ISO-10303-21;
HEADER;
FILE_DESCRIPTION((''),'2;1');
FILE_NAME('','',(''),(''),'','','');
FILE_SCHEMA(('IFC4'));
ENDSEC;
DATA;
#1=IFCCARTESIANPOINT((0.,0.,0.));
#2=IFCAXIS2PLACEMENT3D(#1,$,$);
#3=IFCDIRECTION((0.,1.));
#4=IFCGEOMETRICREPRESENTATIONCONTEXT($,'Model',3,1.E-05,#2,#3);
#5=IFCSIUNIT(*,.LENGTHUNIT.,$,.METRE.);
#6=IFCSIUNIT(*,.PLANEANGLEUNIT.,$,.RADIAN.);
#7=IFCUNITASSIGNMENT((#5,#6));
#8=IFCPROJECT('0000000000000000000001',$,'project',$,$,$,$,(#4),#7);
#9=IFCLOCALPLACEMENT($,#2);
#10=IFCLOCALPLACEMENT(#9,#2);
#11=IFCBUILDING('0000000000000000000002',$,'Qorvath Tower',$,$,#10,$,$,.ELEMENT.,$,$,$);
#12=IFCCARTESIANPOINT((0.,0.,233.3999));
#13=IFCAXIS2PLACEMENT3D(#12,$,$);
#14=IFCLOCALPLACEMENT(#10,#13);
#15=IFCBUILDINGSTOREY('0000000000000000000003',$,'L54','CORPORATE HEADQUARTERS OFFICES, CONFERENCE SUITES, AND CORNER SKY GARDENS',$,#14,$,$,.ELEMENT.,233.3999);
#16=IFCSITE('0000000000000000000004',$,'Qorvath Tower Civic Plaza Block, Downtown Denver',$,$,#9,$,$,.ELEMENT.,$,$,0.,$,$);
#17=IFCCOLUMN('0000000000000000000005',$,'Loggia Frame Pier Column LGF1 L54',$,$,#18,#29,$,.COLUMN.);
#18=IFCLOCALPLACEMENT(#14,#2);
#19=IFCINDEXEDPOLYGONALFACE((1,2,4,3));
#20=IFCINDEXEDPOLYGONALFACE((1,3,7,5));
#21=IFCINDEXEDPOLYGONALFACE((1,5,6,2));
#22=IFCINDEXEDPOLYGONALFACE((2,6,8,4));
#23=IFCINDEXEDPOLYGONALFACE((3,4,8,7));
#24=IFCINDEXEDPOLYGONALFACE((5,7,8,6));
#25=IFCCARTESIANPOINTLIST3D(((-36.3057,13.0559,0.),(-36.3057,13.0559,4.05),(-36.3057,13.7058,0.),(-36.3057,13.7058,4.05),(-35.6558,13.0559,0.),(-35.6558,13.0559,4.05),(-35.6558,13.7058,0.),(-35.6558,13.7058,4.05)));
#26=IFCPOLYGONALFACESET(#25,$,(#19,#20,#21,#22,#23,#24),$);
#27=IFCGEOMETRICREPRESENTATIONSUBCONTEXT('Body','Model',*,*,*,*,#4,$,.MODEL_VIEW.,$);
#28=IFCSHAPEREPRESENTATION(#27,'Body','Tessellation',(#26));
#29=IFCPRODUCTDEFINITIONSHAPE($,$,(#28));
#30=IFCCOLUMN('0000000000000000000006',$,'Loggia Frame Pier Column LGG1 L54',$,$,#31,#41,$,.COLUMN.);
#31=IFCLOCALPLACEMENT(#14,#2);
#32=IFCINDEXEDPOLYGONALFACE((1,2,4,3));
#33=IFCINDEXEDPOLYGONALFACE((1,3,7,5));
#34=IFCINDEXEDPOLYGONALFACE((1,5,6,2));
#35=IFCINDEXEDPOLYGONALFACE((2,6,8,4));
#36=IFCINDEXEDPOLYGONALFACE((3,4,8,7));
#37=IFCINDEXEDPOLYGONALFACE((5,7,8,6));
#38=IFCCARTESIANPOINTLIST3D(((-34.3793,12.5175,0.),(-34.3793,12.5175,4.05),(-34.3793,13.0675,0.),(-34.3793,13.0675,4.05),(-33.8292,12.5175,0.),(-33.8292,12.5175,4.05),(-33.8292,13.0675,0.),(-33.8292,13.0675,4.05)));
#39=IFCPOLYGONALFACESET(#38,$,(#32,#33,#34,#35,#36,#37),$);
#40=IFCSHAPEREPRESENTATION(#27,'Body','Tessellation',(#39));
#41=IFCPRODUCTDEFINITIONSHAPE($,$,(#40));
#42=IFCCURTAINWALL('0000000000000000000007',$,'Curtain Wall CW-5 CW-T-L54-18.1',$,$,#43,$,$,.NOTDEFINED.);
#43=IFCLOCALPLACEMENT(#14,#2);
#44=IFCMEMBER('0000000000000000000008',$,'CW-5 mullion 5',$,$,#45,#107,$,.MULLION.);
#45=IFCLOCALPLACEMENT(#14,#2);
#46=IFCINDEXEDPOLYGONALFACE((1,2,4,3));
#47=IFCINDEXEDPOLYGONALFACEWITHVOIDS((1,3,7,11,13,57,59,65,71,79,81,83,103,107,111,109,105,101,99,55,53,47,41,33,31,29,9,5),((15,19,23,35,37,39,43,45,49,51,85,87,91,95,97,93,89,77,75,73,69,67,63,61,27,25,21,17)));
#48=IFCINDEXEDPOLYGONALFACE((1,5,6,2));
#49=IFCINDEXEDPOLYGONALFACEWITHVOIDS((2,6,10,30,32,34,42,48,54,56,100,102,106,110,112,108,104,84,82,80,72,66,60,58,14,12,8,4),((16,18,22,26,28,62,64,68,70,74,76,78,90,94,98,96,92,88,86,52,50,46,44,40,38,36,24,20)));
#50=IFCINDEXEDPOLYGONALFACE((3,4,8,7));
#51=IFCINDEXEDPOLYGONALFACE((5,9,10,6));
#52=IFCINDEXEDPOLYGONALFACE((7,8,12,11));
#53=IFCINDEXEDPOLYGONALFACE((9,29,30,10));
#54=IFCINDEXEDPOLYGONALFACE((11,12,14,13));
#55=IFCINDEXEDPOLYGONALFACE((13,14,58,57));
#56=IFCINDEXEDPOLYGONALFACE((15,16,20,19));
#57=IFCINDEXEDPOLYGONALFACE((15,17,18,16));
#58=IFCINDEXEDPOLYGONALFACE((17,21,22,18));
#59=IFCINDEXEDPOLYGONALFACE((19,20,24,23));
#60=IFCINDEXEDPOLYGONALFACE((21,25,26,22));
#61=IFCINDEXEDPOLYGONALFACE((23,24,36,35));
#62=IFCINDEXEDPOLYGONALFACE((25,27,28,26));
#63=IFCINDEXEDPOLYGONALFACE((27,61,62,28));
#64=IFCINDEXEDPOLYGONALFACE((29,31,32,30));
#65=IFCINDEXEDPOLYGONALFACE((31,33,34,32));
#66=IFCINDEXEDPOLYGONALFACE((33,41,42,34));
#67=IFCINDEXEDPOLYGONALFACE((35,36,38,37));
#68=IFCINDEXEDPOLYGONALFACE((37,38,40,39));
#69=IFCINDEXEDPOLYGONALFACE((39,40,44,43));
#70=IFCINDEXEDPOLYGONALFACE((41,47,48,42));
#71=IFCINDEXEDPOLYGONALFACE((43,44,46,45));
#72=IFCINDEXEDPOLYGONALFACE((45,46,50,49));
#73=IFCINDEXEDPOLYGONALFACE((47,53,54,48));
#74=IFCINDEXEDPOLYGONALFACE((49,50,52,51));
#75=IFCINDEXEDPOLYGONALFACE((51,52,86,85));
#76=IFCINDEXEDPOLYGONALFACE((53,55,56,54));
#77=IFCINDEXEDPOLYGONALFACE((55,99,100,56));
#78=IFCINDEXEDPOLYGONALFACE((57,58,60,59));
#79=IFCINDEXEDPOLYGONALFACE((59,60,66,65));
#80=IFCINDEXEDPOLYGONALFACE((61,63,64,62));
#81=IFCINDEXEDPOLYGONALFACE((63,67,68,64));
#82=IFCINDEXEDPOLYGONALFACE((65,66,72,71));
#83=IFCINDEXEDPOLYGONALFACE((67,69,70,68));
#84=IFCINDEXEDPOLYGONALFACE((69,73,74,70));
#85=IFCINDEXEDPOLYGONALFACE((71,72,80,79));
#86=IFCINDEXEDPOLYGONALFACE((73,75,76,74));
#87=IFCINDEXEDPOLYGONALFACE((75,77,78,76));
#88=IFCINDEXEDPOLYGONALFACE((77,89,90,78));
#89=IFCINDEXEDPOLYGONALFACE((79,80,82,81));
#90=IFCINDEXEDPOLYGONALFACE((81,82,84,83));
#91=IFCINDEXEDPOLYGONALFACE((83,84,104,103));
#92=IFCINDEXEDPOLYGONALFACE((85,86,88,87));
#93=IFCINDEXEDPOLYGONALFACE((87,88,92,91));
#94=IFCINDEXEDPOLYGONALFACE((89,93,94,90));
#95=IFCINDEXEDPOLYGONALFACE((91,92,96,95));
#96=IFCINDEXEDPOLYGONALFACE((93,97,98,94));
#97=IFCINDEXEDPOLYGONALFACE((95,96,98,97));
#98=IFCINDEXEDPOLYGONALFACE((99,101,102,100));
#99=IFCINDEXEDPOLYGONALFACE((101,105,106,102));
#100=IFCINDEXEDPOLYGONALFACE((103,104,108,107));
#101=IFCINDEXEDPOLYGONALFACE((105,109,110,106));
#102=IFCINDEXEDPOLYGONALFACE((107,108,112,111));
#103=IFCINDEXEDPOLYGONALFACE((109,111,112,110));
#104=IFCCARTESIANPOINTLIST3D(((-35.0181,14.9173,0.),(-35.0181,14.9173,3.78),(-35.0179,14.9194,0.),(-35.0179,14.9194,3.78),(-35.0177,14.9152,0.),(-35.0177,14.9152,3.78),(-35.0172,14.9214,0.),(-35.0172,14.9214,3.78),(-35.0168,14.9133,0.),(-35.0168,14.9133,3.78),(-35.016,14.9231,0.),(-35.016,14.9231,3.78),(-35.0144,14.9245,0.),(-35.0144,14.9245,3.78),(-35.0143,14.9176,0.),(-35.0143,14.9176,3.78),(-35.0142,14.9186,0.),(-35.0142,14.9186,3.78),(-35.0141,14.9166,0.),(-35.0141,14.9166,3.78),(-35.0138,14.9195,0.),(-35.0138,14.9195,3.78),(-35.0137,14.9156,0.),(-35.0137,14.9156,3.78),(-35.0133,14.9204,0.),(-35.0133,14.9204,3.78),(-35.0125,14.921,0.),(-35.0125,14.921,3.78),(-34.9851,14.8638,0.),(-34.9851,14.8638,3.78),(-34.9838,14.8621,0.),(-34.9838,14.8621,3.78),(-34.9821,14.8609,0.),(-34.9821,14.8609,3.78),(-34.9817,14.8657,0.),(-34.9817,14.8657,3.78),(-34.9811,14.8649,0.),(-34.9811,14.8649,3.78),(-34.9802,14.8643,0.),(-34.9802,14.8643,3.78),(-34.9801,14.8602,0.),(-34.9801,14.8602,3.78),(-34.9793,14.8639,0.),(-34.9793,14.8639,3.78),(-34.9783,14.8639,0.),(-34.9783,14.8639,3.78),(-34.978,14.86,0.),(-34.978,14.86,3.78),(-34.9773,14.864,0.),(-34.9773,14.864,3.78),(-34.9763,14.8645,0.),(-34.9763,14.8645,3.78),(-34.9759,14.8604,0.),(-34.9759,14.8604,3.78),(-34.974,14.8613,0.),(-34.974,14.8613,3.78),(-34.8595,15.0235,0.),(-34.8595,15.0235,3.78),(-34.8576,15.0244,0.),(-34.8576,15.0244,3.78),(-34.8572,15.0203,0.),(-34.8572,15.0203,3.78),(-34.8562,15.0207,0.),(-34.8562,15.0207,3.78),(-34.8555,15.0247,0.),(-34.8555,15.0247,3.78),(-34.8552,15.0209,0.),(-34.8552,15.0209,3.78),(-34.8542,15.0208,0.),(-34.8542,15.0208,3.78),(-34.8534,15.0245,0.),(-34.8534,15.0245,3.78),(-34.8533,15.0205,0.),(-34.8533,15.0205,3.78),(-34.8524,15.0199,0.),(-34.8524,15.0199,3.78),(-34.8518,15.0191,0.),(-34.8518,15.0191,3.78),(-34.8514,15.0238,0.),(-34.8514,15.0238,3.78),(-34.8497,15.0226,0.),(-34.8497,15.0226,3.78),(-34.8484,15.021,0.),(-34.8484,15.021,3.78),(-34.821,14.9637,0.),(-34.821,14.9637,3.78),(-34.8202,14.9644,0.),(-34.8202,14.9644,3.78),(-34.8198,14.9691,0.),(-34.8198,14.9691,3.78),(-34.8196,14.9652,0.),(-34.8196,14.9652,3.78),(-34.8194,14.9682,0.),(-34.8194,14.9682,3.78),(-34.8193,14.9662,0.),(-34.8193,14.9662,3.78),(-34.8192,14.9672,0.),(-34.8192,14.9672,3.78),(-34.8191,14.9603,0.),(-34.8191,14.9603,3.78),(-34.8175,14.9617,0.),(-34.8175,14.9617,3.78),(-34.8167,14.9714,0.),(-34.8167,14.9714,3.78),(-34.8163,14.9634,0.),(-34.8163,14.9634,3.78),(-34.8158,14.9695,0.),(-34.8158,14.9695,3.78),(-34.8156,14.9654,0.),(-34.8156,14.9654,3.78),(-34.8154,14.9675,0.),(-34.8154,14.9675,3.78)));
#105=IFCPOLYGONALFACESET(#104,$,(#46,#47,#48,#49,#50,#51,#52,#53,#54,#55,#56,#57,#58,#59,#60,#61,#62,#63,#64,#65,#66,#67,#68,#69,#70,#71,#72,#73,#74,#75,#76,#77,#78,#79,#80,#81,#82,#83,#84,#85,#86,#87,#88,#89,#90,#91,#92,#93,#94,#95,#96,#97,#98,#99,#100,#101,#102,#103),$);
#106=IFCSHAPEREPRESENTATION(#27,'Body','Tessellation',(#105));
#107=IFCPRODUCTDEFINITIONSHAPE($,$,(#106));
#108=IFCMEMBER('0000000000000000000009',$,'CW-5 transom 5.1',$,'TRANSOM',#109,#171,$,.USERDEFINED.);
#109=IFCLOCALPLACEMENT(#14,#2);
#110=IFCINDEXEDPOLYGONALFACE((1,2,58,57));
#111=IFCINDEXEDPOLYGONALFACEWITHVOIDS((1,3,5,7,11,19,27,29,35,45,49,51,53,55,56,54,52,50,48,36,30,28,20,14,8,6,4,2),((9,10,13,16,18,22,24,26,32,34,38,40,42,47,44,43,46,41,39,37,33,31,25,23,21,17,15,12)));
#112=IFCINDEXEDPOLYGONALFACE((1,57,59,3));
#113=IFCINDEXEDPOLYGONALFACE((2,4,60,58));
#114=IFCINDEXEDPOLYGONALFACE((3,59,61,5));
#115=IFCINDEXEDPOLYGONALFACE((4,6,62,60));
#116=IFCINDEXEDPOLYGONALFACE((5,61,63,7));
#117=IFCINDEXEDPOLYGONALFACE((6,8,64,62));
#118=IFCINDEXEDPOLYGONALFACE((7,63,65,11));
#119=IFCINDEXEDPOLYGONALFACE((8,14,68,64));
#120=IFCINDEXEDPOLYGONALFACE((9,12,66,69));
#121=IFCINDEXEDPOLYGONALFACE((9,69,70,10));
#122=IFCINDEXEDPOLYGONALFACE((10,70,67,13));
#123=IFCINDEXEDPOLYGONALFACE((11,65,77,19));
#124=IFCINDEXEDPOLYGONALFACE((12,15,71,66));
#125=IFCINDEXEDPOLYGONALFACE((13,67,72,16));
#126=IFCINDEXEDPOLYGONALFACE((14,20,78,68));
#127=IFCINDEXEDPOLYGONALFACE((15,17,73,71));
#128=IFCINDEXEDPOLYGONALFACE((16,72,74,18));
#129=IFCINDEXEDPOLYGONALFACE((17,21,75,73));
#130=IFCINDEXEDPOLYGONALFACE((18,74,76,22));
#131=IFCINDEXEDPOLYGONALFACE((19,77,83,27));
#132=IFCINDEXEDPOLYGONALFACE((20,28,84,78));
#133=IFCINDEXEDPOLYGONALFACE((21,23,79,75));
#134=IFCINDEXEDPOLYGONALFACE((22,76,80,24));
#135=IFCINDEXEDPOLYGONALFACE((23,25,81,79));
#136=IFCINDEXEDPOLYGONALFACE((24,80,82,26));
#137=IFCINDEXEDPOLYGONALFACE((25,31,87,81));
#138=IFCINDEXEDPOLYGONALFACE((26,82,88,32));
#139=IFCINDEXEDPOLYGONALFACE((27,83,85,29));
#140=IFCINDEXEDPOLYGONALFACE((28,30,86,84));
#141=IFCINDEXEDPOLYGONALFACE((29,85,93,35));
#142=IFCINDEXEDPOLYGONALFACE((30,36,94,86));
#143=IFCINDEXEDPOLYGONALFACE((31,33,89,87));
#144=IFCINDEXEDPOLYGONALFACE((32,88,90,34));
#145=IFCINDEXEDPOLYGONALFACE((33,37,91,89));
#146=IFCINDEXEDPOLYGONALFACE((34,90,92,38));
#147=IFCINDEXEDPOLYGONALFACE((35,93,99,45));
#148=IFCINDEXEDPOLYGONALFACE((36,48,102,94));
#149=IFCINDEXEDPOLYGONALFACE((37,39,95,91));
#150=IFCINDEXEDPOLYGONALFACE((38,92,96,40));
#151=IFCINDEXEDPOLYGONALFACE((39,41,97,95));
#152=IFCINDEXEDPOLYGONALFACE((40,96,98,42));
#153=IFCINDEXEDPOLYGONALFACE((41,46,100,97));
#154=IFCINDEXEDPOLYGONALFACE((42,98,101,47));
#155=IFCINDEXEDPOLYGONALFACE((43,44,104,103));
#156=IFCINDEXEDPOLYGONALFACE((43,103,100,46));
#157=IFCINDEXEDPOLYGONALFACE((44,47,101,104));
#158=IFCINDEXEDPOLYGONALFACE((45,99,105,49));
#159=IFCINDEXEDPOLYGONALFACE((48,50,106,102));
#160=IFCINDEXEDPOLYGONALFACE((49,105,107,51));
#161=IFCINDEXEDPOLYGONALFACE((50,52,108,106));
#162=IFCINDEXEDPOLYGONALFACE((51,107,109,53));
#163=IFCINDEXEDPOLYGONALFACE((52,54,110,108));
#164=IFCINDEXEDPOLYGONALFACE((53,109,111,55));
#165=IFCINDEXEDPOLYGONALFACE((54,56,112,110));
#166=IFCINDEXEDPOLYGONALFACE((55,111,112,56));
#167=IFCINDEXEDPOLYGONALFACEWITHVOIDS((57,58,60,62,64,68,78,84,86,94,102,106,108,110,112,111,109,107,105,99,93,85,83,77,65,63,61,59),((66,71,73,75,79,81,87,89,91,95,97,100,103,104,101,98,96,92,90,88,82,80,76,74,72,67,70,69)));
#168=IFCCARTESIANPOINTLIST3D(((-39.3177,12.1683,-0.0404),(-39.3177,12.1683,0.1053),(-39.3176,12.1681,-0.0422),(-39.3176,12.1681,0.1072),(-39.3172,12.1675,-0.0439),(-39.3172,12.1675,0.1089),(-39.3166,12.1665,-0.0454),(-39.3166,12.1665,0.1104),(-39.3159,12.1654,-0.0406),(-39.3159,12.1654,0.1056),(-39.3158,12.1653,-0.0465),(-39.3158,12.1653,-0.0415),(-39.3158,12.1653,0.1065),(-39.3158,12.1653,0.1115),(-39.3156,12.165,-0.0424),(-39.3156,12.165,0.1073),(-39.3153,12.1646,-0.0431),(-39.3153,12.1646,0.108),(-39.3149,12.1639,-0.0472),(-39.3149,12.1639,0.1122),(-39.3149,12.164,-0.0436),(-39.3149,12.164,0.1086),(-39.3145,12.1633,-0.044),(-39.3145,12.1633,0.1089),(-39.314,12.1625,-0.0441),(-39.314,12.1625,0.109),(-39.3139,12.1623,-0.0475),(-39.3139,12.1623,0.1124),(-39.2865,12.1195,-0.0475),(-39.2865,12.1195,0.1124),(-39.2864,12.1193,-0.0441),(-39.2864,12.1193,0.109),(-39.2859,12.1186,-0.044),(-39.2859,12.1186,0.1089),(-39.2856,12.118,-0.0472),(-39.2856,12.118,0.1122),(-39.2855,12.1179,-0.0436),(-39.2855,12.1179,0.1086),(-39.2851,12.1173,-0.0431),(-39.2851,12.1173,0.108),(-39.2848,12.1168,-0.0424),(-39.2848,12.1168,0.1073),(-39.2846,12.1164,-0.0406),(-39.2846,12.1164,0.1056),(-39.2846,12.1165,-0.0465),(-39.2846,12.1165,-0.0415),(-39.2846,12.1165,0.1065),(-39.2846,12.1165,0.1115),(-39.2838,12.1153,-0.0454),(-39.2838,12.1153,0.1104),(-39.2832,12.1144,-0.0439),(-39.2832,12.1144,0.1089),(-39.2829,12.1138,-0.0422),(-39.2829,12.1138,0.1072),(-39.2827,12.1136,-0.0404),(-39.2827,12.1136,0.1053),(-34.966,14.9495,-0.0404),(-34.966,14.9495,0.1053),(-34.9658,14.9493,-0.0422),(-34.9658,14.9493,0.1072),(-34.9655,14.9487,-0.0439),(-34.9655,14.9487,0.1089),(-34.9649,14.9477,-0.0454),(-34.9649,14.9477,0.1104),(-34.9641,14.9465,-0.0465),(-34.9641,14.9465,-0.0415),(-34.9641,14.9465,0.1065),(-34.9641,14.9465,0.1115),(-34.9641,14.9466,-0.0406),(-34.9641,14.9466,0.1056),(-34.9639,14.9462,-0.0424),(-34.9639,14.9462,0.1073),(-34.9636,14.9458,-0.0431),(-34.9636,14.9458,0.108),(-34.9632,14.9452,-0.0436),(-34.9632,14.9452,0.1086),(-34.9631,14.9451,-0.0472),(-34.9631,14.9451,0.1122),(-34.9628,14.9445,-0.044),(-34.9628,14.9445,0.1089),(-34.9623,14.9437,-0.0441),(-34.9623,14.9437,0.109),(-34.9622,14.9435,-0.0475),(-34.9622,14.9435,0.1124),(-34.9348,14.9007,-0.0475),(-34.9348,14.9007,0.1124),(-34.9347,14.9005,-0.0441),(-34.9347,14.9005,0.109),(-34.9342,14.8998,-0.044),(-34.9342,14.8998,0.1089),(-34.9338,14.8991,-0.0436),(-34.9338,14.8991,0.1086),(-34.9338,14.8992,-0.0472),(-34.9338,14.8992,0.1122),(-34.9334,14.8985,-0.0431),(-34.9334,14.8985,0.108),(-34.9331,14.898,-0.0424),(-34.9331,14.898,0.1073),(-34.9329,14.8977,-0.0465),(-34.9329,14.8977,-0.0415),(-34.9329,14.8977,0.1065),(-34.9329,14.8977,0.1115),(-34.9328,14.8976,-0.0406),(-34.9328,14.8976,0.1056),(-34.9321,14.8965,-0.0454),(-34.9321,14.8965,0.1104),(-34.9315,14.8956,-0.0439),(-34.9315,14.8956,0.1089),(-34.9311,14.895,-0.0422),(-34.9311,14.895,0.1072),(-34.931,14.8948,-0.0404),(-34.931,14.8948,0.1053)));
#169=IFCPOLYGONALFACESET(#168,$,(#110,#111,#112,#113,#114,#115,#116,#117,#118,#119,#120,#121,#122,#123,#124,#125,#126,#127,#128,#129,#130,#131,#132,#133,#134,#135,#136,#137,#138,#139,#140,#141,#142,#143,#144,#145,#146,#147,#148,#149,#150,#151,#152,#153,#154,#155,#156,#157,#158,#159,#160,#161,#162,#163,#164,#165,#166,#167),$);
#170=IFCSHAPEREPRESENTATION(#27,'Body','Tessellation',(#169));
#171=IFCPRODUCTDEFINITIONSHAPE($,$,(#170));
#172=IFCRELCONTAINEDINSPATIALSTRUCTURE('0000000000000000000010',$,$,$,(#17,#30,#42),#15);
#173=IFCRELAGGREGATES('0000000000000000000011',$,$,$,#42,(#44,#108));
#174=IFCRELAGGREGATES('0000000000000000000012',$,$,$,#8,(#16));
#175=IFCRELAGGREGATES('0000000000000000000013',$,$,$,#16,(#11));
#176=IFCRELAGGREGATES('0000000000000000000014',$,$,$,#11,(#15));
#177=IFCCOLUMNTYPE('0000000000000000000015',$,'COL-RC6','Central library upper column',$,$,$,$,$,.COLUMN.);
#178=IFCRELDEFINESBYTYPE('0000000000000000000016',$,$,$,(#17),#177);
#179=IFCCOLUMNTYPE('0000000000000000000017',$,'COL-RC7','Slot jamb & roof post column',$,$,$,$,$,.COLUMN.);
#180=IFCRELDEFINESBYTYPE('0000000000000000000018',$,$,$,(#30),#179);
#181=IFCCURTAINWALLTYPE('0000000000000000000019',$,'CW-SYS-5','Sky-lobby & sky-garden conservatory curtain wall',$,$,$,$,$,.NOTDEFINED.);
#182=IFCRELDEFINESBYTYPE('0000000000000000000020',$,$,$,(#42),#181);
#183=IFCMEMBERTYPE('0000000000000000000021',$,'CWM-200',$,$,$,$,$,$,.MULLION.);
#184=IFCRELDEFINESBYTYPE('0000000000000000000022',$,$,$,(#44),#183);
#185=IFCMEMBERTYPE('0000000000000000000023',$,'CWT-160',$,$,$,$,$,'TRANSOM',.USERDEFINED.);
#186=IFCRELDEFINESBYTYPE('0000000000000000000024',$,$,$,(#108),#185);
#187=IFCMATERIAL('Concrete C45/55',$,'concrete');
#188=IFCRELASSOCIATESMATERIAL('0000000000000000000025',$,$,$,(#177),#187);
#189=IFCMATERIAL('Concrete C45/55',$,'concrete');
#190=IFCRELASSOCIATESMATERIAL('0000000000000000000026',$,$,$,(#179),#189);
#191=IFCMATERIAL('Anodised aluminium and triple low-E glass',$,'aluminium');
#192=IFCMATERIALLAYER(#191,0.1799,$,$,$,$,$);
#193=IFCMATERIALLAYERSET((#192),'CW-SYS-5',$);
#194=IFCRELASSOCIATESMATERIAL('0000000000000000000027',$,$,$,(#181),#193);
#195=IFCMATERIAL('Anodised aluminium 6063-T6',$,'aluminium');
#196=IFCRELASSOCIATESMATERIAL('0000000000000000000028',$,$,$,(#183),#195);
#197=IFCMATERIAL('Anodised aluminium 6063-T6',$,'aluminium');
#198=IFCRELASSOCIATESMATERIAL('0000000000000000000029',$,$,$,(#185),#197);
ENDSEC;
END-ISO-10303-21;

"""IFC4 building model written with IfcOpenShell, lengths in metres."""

from ifc_helpers import new_model, si_unit, direction, frame, origin, origin_2d, place, context, subcontext, project, spatial, rectangle, hollow_rectangle, extrude, material, layer, layer_set, material_profile, profile_set, type_object, element, aggregate, save


model = new_model("IFC4")

# Units and contexts
model_context = context("Model", 3, precision=1e-05, world=origin(), true_north=direction((0.0, 1.0)))
body_context = subcontext(model_context, "Body", "Model", "MODEL_VIEW")
ifc_project = project(units=[si_unit("LENGTHUNIT", "METRE"), si_unit("PLANEANGLEUNIT", "RADIAN")], contexts=[model_context])

# Site, building, storey
site_placement = place(None, origin())
site = spatial("IfcSite", under=ifc_project, at=site_placement, Name="Qorvath Tower Civic Plaza Block, Downtown Denver", CompositionType="ELEMENT", RefElevation=0.0)
building_placement = place(site_placement, origin())
building = spatial("IfcBuilding", under=site, at=building_placement, Name="Qorvath Tower", CompositionType="ELEMENT")
storey_placement = place(building_placement, frame((0.0, 0.0, 233.3999)))
storey = spatial("IfcBuildingStorey", under=building, at=storey_placement, Name="L54", Description="CORPORATE HEADQUARTERS OFFICES, CONFERENCE SUITES, AND CORNER SKY GARDENS", CompositionType="ELEMENT", Elevation=233.3999)

# Columns
ifc_material_1 = material(Name="Concrete C45/55", Category="concrete")
ifc_material_profile_1 = material_profile(ifc_material_1, rectangle(XDim=0.6499, YDim=0.6499, at=origin_2d()), Name="RC 650x650")
ifc_profile_set_1 = profile_set([ifc_material_profile_1], Name="Concrete C45/55")
column_type_1 = type_object("IfcColumnType", Name="COL-RC6", Description="Central library upper column", PredefinedType="COLUMN", material=ifc_profile_set_1)
column_1_placement = place(storey_placement, frame((-35.9807, 13.3809, 0.0), z_axis=(0.0, 0.0, 1.0), x_axis=(1.0, 0.0, 0.0)))
element("IfcColumn", 1, at=column_1_placement, inside=storey, type_object=column_type_1, Name="Loggia Frame Pier Column LGF1 L54", PredefinedType="COLUMN", context=body_context, shape_type="SweptSolid", body=[
    extrude(rectangle(XDim=0.6499, YDim=0.6499, at=origin_2d()), origin(), (0.0, 0.0, 1.0), 4.05),
])
ifc_material_2 = material(Name="Concrete C45/55", Category="concrete")
ifc_material_profile_2 = material_profile(ifc_material_2, rectangle(XDim=0.55, YDim=0.55, at=origin_2d()), Name="RC 550x550")
ifc_profile_set_2 = profile_set([ifc_material_profile_2], Name="Concrete C45/55")
column_type_2 = type_object("IfcColumnType", Name="COL-RC7", Description="Slot jamb & roof post column", PredefinedType="COLUMN", material=ifc_profile_set_2)
column_2_placement = place(storey_placement, frame((-34.1042, 12.7925, 0.0), z_axis=(0.0, 0.0, 1.0), x_axis=(1.0, 0.0, 0.0)))
element("IfcColumn", 2, at=column_2_placement, inside=storey, type_object=column_type_2, Name="Loggia Frame Pier Column LGG1 L54", PredefinedType="COLUMN", context=body_context, shape_type="SweptSolid", body=[
    extrude(rectangle(XDim=0.55, YDim=0.55, at=origin_2d()), origin(), (0.0, 0.0, 1.0), 4.05),
])

# Curtain wall, members
ifc_material_3 = material(Name="Anodised aluminium and triple low-E glass", Category="aluminium")
ifc_layer_1 = layer(ifc_material_3, 0.1799)
ifc_layer_set_1 = layer_set([ifc_layer_1], Name="CW-SYS-5")
curtain_wall_type = type_object("IfcCurtainWallType", Name="CW-SYS-5", Description="Sky-lobby & sky-garden conservatory curtain wall", PredefinedType="NOTDEFINED", material=ifc_layer_set_1)
curtain_wall_placement = place(storey_placement, origin())
curtain_wall = element("IfcCurtainWall", 3, at=curtain_wall_placement, inside=storey, type_object=curtain_wall_type, Name="Curtain Wall CW-5 CW-T-L54-18.1", PredefinedType="NOTDEFINED")
ifc_material_4 = material(Name="Anodised aluminium 6063-T6", Category="aluminium")
ifc_material_profile_3 = material_profile(ifc_material_4, hollow_rectangle(XDim=0.075, YDim=0.2, WallThickness=0.0039, InnerFilletRadius=0.0039, OuterFilletRadius=0.0081, at=origin_2d()), Name="CWM 200x75")
ifc_profile_set_3 = profile_set([ifc_material_profile_3], Name="Anodised aluminium 6063-T6")
member_type_1 = type_object("IfcMemberType", Name="CWM-200", PredefinedType="MULLION", material=ifc_profile_set_3)
member_1_placement = place(storey_placement, frame((-34.9167, 14.9424, 0.0), z_axis=(0.0, 0.0, 1.0), x_axis=(0.538528, -0.842607, 0.0)))
member_1 = element("IfcMember", 4, at=member_1_placement, type_object=member_type_1, Name="CW-5 mullion 5", PredefinedType="MULLION", context=body_context, shape_type="SweptSolid", body=[
    extrude(hollow_rectangle(XDim=0.075, YDim=0.2, WallThickness=0.0039, InnerFilletRadius=0.0039, OuterFilletRadius=0.0081, at=origin_2d()), origin(), (0.0, 0.0, 1.0), 3.78),
])
ifc_material_5 = material(Name="Anodised aluminium 6063-T6", Category="aluminium")
ifc_material_profile_4 = material_profile(ifc_material_5, hollow_rectangle(XDim=0.0649, YDim=0.1599, WallThickness=0.0034, InnerFilletRadius=0.0034, OuterFilletRadius=0.0071, at=origin_2d()), Name="CWT 160x65")
ifc_profile_set_4 = profile_set([ifc_material_profile_4], Name="Anodised aluminium 6063-T6")
member_type_2 = type_object("IfcMemberType", Name="CWT-160", ElementType="TRANSOM", PredefinedType="USERDEFINED", material=ifc_profile_set_4)
member_2_placement = place(storey_placement, frame((-34.9485, 14.9221, 0.0325), z_axis=(-0.842615, -0.538517, 0.0), x_axis=(0.538517, -0.842615, 0.0)))
member_2 = element("IfcMember", 5, at=member_2_placement, type_object=member_type_2, Name="CW-5 transom 5.1", ObjectType="TRANSOM", PredefinedType="USERDEFINED", context=body_context, shape_type="SweptSolid", body=[
    extrude(hollow_rectangle(XDim=0.0649, YDim=0.1599, WallThickness=0.0034, InnerFilletRadius=0.0034, OuterFilletRadius=0.0071, at=origin_2d()), origin(), (0.0, 0.0, 1.0), 5.1646),
])
aggregate(curtain_wall, [member_1, member_2])

save(model, "model.ifc")
